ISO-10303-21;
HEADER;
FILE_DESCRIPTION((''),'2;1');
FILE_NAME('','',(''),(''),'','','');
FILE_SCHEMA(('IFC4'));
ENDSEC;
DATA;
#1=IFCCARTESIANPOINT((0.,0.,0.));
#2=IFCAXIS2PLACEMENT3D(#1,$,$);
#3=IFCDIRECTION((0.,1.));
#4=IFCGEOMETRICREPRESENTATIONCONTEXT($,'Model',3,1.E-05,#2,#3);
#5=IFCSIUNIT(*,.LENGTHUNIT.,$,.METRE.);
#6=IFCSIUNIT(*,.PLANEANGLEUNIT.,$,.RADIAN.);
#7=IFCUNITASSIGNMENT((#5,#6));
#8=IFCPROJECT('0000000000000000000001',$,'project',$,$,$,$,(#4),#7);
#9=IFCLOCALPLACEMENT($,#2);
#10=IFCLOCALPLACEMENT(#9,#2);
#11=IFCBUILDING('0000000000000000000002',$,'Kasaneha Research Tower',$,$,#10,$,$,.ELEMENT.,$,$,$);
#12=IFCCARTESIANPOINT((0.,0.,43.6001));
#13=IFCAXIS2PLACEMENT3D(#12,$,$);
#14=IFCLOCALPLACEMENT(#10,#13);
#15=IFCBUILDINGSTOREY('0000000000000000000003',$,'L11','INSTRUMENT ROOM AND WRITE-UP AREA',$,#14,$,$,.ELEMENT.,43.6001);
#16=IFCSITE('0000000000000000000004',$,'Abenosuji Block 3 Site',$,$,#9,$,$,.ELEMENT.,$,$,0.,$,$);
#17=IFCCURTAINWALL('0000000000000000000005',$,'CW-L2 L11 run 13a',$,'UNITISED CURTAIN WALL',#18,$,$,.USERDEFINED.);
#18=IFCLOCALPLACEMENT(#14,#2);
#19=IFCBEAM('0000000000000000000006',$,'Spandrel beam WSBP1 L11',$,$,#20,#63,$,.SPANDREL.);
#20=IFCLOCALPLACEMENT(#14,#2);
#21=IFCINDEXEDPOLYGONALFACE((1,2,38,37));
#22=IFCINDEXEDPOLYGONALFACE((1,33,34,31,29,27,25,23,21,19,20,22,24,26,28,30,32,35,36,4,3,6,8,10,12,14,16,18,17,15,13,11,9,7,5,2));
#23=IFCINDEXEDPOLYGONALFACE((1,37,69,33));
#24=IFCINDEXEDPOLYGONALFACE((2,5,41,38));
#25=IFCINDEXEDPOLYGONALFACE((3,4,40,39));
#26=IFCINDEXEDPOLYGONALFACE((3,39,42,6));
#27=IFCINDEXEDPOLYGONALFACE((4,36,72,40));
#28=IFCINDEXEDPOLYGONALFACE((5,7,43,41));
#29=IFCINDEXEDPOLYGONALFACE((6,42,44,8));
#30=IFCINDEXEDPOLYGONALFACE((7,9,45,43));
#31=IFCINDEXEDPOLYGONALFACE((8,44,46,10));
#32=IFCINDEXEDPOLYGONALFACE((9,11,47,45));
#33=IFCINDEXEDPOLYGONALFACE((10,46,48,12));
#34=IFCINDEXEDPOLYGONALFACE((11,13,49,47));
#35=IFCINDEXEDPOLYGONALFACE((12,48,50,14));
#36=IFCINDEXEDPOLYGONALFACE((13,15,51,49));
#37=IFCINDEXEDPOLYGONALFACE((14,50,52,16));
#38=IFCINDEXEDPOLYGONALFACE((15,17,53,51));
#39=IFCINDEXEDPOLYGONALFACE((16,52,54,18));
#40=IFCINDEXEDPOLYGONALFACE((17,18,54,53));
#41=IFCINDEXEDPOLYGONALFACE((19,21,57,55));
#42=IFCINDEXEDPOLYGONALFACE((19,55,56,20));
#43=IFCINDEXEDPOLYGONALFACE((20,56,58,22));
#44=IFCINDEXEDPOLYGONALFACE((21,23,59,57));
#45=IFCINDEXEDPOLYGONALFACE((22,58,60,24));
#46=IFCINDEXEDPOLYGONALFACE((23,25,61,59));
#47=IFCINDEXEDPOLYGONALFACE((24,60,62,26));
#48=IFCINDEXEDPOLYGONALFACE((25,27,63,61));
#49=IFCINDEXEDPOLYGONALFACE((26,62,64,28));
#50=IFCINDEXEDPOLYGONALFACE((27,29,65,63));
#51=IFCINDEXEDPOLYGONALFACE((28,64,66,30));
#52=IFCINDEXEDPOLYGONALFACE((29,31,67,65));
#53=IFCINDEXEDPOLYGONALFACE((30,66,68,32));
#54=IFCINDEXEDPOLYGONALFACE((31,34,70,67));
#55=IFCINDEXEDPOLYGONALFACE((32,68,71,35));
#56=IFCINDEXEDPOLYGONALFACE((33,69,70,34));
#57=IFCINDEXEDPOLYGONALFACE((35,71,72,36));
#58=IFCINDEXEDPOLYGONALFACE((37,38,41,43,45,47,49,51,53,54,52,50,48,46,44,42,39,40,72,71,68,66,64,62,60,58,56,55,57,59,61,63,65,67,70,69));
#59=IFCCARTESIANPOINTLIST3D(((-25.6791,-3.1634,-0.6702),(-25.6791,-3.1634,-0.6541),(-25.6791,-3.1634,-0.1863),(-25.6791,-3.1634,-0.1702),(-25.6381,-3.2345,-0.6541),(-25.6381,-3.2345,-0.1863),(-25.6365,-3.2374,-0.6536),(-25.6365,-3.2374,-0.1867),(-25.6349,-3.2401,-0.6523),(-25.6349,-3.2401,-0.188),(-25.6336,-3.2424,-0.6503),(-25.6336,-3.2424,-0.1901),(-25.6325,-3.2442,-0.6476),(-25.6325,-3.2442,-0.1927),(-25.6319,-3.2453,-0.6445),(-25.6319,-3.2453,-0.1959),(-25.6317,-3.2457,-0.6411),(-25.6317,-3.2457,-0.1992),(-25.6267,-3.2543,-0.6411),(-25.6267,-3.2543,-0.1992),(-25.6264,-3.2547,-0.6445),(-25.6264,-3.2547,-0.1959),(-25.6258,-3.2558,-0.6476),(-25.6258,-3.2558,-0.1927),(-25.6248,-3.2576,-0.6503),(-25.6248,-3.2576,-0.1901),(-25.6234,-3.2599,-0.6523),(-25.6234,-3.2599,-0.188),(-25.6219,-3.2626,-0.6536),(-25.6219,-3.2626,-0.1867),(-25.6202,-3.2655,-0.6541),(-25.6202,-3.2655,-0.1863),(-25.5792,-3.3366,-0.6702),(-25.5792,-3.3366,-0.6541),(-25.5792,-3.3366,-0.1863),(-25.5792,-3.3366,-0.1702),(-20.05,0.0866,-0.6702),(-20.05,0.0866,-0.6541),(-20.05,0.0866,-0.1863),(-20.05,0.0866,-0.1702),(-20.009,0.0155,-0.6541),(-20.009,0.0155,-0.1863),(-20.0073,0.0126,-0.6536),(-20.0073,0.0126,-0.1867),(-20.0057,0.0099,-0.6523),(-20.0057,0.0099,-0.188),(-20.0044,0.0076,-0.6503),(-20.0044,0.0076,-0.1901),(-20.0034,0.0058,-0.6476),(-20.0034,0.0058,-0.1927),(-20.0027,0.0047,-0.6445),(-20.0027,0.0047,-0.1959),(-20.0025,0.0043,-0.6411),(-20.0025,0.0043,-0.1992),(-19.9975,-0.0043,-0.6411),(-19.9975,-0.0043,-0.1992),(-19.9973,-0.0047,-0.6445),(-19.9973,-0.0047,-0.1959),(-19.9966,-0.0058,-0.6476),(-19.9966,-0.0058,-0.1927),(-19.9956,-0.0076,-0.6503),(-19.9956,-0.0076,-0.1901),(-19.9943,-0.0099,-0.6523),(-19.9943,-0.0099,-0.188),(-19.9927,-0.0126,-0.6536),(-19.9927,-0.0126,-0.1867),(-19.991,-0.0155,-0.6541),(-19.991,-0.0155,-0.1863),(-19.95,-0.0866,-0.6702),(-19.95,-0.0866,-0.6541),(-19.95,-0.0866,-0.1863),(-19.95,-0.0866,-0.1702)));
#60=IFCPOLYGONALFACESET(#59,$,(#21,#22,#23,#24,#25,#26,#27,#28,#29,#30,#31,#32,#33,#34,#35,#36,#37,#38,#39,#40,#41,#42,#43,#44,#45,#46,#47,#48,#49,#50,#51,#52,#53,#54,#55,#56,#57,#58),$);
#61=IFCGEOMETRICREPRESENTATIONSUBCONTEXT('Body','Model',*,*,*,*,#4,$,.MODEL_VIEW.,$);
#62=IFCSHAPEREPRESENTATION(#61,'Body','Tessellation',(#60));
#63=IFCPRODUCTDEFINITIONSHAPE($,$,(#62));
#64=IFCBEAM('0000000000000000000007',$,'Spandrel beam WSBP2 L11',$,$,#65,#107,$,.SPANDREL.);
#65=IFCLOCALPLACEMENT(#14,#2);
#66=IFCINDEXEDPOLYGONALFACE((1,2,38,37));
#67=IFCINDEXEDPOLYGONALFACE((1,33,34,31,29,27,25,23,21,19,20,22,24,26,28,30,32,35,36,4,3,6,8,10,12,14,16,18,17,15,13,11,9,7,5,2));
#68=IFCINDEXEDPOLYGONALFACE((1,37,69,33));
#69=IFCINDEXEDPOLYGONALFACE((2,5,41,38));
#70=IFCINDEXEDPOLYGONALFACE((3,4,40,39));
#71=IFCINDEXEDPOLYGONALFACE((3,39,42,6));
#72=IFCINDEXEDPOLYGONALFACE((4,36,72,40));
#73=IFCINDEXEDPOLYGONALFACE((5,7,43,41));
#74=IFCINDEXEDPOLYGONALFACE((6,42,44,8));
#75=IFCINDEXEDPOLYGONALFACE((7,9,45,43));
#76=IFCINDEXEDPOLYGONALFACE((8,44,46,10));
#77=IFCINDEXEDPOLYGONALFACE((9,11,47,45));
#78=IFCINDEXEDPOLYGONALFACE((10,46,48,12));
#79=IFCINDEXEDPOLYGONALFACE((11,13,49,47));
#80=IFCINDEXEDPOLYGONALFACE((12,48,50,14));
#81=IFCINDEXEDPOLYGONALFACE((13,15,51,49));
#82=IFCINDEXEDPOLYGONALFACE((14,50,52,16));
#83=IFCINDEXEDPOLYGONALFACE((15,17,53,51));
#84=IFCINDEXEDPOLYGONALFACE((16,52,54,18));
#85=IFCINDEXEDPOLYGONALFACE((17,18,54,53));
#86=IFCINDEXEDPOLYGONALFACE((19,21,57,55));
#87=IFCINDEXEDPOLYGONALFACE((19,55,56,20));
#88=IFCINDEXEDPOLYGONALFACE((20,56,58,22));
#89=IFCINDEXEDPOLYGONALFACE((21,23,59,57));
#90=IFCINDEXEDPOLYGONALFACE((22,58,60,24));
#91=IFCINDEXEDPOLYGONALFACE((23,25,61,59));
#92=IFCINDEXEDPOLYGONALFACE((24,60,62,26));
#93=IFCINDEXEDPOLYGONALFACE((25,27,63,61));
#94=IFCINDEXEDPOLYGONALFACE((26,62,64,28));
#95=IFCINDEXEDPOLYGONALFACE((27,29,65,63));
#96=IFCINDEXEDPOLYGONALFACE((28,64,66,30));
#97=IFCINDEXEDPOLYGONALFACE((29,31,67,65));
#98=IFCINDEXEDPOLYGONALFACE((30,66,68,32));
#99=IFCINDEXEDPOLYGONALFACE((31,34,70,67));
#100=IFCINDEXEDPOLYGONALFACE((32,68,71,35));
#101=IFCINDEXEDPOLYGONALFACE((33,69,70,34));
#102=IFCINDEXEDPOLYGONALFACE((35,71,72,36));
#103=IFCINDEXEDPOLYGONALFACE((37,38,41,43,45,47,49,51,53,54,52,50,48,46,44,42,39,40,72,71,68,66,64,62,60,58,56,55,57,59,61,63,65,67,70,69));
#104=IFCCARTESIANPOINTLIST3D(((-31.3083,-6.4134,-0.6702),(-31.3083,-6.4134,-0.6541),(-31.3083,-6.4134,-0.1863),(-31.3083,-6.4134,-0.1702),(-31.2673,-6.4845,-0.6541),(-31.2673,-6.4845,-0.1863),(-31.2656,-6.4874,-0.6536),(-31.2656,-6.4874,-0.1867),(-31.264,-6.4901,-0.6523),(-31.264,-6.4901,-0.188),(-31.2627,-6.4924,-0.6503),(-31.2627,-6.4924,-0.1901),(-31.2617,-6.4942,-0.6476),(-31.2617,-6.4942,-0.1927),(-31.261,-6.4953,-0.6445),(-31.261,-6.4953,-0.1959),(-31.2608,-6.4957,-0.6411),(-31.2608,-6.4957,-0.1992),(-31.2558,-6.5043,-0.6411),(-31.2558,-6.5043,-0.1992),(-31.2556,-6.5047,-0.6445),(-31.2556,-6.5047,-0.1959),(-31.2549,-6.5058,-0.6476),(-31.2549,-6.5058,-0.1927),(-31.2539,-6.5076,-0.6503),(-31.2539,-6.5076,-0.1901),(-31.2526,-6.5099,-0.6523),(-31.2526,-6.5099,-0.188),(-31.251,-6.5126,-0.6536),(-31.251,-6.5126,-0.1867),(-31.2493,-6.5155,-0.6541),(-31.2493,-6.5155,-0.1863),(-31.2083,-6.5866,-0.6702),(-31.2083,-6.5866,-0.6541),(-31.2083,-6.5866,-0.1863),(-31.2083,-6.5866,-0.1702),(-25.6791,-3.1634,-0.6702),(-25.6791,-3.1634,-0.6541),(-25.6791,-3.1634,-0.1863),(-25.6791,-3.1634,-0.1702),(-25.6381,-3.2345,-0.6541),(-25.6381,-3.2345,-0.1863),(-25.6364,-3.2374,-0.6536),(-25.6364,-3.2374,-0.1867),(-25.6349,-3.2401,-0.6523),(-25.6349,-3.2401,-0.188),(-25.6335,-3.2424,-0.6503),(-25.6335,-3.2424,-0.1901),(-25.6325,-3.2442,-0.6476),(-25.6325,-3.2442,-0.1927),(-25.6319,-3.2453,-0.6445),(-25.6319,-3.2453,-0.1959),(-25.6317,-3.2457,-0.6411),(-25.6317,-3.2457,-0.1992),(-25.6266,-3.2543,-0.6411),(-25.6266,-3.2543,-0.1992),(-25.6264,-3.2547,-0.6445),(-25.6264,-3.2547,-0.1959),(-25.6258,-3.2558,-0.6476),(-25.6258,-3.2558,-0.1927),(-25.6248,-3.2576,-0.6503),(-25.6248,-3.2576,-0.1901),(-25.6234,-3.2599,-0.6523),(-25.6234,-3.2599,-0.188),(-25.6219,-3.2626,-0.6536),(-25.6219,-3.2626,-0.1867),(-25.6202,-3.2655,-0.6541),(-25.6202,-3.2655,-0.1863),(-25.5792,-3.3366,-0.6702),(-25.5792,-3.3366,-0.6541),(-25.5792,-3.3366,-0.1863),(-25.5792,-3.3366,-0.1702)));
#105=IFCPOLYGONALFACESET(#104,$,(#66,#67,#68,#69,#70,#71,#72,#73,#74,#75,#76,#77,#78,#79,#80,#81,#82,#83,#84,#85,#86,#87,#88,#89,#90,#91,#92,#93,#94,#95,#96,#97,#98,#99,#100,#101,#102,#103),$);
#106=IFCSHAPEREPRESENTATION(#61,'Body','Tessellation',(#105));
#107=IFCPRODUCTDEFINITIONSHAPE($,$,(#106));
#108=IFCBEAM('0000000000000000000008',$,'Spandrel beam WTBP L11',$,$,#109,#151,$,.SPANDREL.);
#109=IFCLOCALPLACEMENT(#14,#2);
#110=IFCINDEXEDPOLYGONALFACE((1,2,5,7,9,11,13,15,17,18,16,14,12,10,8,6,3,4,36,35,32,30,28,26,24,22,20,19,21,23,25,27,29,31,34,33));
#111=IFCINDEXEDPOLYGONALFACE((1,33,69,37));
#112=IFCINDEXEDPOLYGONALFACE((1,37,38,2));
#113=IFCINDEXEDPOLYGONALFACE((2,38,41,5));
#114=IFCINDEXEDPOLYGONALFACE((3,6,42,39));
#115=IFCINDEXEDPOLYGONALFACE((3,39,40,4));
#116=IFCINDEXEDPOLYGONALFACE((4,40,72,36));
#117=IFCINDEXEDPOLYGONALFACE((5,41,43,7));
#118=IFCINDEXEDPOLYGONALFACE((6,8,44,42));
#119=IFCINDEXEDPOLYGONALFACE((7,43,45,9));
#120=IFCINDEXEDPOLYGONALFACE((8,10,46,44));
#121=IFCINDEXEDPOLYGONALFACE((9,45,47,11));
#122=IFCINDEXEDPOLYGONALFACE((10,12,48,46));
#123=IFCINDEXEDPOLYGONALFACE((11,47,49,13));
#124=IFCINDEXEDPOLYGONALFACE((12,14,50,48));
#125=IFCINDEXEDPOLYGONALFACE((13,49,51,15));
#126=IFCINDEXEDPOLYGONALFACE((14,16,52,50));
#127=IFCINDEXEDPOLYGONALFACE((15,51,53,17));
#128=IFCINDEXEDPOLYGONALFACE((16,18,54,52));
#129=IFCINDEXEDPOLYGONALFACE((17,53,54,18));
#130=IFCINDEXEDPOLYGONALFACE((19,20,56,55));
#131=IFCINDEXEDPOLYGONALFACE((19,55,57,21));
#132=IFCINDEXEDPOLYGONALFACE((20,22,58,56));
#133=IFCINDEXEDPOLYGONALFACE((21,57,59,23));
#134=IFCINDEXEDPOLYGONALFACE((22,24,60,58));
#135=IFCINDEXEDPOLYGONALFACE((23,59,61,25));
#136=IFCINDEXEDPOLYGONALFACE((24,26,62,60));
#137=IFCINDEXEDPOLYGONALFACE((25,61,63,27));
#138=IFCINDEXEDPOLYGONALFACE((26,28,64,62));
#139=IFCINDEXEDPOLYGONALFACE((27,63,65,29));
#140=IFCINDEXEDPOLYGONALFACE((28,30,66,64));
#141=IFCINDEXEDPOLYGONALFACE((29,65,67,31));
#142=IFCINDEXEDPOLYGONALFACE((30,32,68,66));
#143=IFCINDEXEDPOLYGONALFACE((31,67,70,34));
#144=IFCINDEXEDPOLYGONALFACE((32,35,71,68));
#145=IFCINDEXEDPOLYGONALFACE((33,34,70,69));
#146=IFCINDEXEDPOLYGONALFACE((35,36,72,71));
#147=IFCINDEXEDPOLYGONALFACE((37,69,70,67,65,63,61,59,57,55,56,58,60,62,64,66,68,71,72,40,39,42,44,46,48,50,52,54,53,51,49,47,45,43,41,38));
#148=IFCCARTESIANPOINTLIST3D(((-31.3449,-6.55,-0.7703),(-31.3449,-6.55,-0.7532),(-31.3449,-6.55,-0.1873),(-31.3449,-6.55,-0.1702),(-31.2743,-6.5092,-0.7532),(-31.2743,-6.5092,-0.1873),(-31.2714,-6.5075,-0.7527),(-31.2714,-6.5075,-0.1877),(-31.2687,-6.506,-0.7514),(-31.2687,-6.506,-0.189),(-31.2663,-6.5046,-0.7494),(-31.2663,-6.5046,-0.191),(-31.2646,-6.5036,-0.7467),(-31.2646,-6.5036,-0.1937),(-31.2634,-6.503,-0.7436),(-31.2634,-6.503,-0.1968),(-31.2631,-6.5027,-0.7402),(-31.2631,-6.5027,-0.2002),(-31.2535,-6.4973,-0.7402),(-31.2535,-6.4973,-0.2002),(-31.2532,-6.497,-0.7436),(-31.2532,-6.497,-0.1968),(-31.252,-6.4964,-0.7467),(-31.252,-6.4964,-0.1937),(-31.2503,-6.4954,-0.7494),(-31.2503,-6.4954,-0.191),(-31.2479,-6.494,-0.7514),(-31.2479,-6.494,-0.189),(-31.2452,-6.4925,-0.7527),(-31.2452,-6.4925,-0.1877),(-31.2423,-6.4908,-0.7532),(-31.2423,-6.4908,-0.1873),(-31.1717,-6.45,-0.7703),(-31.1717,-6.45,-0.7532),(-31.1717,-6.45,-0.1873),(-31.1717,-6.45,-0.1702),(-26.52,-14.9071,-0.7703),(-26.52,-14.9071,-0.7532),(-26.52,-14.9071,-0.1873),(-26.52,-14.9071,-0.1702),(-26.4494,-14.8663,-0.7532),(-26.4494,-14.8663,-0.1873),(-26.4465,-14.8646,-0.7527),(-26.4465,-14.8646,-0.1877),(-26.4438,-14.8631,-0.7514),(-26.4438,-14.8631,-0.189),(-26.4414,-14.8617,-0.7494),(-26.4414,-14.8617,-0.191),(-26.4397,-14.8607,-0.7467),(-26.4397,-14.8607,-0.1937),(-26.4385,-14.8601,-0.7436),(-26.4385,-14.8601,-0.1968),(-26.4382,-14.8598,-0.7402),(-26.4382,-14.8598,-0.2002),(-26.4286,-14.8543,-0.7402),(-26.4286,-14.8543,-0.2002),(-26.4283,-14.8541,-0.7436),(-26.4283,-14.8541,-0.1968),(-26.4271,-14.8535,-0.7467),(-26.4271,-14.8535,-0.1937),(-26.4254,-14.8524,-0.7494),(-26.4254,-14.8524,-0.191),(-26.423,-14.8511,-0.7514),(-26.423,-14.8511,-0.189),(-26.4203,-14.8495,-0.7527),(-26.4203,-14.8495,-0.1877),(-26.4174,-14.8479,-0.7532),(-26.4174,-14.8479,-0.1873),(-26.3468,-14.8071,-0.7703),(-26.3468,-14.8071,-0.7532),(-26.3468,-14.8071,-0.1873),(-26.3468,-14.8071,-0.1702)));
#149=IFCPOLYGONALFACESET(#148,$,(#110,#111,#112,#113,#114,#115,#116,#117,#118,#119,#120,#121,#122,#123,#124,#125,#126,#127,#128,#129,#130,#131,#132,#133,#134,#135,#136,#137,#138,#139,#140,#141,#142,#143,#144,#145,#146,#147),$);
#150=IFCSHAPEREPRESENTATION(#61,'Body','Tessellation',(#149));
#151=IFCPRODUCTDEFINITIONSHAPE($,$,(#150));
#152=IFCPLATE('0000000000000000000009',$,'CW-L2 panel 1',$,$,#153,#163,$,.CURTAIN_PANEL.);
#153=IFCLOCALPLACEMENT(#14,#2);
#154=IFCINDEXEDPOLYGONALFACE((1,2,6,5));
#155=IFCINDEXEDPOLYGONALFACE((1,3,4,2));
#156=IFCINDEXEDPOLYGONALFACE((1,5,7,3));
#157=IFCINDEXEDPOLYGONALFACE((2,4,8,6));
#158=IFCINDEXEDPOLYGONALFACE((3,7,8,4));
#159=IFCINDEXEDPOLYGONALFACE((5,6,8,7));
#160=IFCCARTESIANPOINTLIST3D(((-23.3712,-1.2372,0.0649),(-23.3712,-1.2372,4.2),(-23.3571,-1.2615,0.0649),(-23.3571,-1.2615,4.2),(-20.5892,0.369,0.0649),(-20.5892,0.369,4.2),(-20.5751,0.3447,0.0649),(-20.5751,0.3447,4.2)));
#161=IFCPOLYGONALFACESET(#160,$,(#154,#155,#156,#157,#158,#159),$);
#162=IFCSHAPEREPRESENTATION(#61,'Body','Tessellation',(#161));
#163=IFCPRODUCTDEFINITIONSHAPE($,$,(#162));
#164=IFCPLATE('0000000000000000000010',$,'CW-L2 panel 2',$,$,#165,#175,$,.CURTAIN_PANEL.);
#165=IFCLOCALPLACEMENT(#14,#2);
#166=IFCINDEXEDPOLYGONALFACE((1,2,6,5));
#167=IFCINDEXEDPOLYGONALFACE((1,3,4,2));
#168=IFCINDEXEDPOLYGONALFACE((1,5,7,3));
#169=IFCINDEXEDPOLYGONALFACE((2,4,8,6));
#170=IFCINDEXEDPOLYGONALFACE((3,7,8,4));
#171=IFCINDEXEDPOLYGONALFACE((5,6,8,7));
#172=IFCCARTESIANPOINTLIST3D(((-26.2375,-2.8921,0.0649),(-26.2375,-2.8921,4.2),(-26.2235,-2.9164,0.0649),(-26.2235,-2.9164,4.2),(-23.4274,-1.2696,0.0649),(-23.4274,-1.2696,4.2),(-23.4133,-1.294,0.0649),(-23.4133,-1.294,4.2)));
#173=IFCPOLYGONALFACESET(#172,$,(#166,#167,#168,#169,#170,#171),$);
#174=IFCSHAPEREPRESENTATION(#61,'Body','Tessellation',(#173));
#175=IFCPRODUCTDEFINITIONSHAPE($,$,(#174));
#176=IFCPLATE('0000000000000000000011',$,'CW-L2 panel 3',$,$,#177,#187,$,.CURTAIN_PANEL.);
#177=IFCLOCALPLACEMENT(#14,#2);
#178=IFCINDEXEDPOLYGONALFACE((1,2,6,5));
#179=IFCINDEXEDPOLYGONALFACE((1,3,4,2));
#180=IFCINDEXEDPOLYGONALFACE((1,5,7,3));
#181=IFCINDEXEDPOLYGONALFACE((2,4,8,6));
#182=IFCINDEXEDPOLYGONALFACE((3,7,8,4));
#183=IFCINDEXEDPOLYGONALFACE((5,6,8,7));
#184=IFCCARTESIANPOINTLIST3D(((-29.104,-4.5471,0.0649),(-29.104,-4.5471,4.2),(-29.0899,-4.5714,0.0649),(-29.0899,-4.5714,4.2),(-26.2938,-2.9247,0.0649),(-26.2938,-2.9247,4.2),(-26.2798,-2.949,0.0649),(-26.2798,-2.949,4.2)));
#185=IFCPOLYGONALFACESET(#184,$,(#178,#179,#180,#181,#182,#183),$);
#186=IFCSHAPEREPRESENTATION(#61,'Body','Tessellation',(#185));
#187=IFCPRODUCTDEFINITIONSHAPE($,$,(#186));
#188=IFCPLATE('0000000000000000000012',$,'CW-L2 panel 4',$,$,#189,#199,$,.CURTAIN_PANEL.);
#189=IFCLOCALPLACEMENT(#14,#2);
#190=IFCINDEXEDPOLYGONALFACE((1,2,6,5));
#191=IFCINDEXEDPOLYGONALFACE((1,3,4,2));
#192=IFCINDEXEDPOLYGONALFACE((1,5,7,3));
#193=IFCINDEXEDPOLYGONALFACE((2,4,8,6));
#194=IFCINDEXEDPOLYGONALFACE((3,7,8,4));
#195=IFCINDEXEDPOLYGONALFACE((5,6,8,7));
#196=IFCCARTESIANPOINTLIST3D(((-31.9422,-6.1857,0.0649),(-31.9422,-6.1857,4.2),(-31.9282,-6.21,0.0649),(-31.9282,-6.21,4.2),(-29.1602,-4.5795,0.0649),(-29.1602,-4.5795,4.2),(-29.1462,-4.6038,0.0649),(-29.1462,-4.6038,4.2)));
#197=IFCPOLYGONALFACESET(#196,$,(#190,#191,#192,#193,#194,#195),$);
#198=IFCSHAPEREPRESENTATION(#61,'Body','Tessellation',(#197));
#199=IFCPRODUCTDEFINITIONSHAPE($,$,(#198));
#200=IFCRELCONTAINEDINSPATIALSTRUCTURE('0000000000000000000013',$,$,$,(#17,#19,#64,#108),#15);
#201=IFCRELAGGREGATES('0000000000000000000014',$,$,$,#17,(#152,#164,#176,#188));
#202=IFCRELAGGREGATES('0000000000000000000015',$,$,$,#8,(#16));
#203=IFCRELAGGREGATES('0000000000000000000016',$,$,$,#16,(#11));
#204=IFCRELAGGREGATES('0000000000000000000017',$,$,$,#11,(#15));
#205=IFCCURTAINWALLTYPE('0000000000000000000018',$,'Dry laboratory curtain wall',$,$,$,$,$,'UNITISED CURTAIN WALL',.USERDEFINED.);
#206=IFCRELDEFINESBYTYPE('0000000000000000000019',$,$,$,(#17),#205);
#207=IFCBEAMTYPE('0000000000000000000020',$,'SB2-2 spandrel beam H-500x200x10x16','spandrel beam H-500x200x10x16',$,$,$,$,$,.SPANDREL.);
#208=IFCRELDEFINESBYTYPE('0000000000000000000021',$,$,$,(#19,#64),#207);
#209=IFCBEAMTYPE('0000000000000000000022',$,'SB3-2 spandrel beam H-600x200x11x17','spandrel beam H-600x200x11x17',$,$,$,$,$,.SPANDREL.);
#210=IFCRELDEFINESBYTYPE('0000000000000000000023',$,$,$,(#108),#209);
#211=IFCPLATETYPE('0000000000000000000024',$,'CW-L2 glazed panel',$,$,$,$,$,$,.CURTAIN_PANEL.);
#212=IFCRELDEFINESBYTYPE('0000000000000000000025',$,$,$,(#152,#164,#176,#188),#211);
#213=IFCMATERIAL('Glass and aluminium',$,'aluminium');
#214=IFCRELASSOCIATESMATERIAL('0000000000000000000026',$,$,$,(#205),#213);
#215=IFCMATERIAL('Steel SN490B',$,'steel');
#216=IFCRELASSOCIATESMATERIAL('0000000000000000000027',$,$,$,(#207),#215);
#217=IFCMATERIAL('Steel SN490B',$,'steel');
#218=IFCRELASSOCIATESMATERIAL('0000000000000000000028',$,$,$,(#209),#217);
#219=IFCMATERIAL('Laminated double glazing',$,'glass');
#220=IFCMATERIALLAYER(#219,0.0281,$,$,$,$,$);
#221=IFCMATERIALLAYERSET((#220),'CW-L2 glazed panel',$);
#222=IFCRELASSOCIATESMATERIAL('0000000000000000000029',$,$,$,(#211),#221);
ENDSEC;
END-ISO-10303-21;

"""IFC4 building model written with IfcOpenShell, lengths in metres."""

from ifc_helpers import new_model, si_unit, direction, frame, origin, origin_2d, place, context, subcontext, project, spatial, rectangle, i_section, extrude, material, layer, layer_set, material_profile, profile_set, type_object, element, aggregate, save


model = new_model("IFC4")

# Units and contexts
model_context = context("Model", 3, precision=1e-05, world=origin(), true_north=direction((0.0, 1.0)))
body_context = subcontext(model_context, "Body", "Model", "MODEL_VIEW")
ifc_project = project(units=[si_unit("LENGTHUNIT", "METRE"), si_unit("PLANEANGLEUNIT", "RADIAN")], contexts=[model_context])

# Site, building, storey
site_placement = place(None, origin())
site = spatial("IfcSite", under=ifc_project, at=site_placement, Name="Abenosuji Block 3 Site", CompositionType="ELEMENT", RefElevation=0.0)
building_placement = place(site_placement, origin())
building = spatial("IfcBuilding", under=site, at=building_placement, Name="Kasaneha Research Tower", CompositionType="ELEMENT")
storey_placement = place(building_placement, frame((0.0, 0.0, 43.6001)))
storey = spatial("IfcBuildingStorey", under=building, at=storey_placement, Name="L11", Description="INSTRUMENT ROOM AND WRITE-UP AREA", CompositionType="ELEMENT", Elevation=43.6001)

# Curtain wall
ifc_material_1 = material(Name="Glass and aluminium", Category="aluminium")
curtain_wall_type = type_object("IfcCurtainWallType", Name="Dry laboratory curtain wall", ElementType="UNITISED CURTAIN WALL", PredefinedType="USERDEFINED", material=ifc_material_1)
curtain_wall_1_placement = place(storey_placement, origin())
curtain_wall_1 = element("IfcCurtainWall", 1, at=curtain_wall_1_placement, inside=storey, type_object=curtain_wall_type, Name="CW-L2 L11 run 13a", ObjectType="UNITISED CURTAIN WALL", PredefinedType="USERDEFINED")

# Beams
ifc_material_2 = material(Name="Steel SN490B", Category="steel")
ifc_material_profile_1 = material_profile(ifc_material_2, i_section(OverallWidth=0.2, OverallDepth=0.5, WebThickness=0.01, FlangeThickness=0.0161, FilletRadius=0.0129, at=origin_2d()), Name="H-500x200x10x16")
ifc_profile_set_1 = profile_set([ifc_material_profile_1], Name="Steel SN490B")
beam_type_1 = type_object("IfcBeamType", Name="SB2-2 spandrel beam H-500x200x10x16", Description="spandrel beam H-500x200x10x16", PredefinedType="SPANDREL", material=ifc_profile_set_1)
for number, where, z_axis, x_axis, name in (
    (2, (-20.0, 0.0, -0.4202), (-0.866025, -0.500001, 0.0), (0.500001, -0.866025, 0.0), "Spandrel beam WSBP1 L11"),
    (3, (-25.6292, -3.25, -0.4202), (-0.866025, -0.500001, 0.0), (0.500001, -0.866025, 0.0), "Spandrel beam WSBP2 L11"),
):
    element("IfcBeam", number, at=place(storey_placement, frame(where, z_axis=z_axis, x_axis=x_axis)), inside=storey, type_object=beam_type_1, Name=name, PredefinedType="SPANDREL", context=body_context, shape_type="SweptSolid", body=[
        extrude(i_section(OverallWidth=0.2, OverallDepth=0.5, WebThickness=0.01, FlangeThickness=0.0161, FilletRadius=0.0129, at=origin_2d()), origin(), (0.0, 0.0, 1.0), 6.5),
    ])
ifc_material_3 = material(Name="Steel SN490B", Category="steel")
ifc_material_profile_2 = material_profile(ifc_material_3, i_section(OverallWidth=0.2, OverallDepth=0.6001, WebThickness=0.011, FlangeThickness=0.0171, FilletRadius=0.0129, at=origin_2d()), Name="H-600x200x11x17")
ifc_profile_set_2 = profile_set([ifc_material_profile_2], Name="Steel SN490B")
beam_type_2 = type_object("IfcBeamType", Name="SB3-2 spandrel beam H-600x200x11x17", Description="spandrel beam H-600x200x11x17", PredefinedType="SPANDREL", material=ifc_profile_set_2)
beam_1_placement = place(storey_placement, frame((-31.2583, -6.5, -0.4702), z_axis=(0.499995, -0.866028, 0.0), x_axis=(0.866028, 0.499995, 0.0)))
element("IfcBeam", 4, at=beam_1_placement, inside=storey, type_object=beam_type_2, Name="Spandrel beam WTBP L11", PredefinedType="SPANDREL", context=body_context, shape_type="SweptSolid", body=[
    extrude(i_section(OverallWidth=0.2, OverallDepth=0.6001, WebThickness=0.011, FlangeThickness=0.0171, FilletRadius=0.0129, at=origin_2d()), origin(), (0.0, 0.0, 1.0), 9.6499),
])

# Plates
ifc_material_4 = material(Name="Laminated double glazing", Category="glass")
ifc_layer_1 = layer(ifc_material_4, 0.0281)
ifc_layer_set_1 = layer_set([ifc_layer_1], Name="CW-L2 glazed panel")
plate_type = type_object("IfcPlateType", Name="CW-L2 glazed panel", PredefinedType="CURTAIN_PANEL", material=ifc_layer_set_1)
plate_1_placement = place(storey_placement, frame((-21.9731, -0.4463, 0.0649), z_axis=(0.0, 0.0, 1.0), x_axis=(-0.866025, -0.5, 0.0)))
plate_1 = element("IfcPlate", 5, at=plate_1_placement, type_object=plate_type, Name="CW-L2 panel 1", PredefinedType="CURTAIN_PANEL", context=body_context, shape_type="SweptSolid", body=[
    extrude(rectangle(XDim=3.2124, YDim=0.0281, at=origin_2d()), origin(), (0.0, 0.0, 1.0), 4.135),
])
plate_2_placement = place(storey_placement, frame((-24.8254, -2.093, 0.0649), z_axis=(0.0, 0.0, 1.0), x_axis=(-0.866025, -0.5, 0.0)))
plate_2 = element("IfcPlate", 6, at=plate_2_placement, type_object=plate_type, Name="CW-L2 panel 2", PredefinedType="CURTAIN_PANEL", context=body_context, shape_type="SweptSolid", body=[
    extrude(rectangle(XDim=3.2449, YDim=0.0281, at=origin_2d()), origin(), (0.0, 0.0, 1.0), 4.135),
])
plate_3_placement = place(storey_placement, frame((-27.6919, -3.748, 0.0649), z_axis=(0.0, 0.0, 1.0), x_axis=(-0.866025, -0.5, 0.0)))
plate_3 = element("IfcPlate", 7, at=plate_3_placement, type_object=plate_type, Name="CW-L2 panel 3", PredefinedType="CURTAIN_PANEL", context=body_context, shape_type="SweptSolid", body=[
    extrude(rectangle(XDim=3.2449, YDim=0.0281, at=origin_2d()), origin(), (0.0, 0.0, 1.0), 4.135),
])
plate_4_placement = place(storey_placement, frame((-30.5442, -5.3948, 0.0649), z_axis=(0.0, 0.0, 1.0), x_axis=(-0.866025, -0.5, 0.0)))
plate_4 = element("IfcPlate", 8, at=plate_4_placement, type_object=plate_type, Name="CW-L2 panel 4", PredefinedType="CURTAIN_PANEL", context=body_context, shape_type="SweptSolid", body=[
    extrude(rectangle(XDim=3.2124, YDim=0.0281, at=origin_2d()), origin(), (0.0, 0.0, 1.0), 4.135),
])
aggregate(curtain_wall_1, [plate_1, plate_2, plate_3, plate_4])

save(model, "model.ifc")
